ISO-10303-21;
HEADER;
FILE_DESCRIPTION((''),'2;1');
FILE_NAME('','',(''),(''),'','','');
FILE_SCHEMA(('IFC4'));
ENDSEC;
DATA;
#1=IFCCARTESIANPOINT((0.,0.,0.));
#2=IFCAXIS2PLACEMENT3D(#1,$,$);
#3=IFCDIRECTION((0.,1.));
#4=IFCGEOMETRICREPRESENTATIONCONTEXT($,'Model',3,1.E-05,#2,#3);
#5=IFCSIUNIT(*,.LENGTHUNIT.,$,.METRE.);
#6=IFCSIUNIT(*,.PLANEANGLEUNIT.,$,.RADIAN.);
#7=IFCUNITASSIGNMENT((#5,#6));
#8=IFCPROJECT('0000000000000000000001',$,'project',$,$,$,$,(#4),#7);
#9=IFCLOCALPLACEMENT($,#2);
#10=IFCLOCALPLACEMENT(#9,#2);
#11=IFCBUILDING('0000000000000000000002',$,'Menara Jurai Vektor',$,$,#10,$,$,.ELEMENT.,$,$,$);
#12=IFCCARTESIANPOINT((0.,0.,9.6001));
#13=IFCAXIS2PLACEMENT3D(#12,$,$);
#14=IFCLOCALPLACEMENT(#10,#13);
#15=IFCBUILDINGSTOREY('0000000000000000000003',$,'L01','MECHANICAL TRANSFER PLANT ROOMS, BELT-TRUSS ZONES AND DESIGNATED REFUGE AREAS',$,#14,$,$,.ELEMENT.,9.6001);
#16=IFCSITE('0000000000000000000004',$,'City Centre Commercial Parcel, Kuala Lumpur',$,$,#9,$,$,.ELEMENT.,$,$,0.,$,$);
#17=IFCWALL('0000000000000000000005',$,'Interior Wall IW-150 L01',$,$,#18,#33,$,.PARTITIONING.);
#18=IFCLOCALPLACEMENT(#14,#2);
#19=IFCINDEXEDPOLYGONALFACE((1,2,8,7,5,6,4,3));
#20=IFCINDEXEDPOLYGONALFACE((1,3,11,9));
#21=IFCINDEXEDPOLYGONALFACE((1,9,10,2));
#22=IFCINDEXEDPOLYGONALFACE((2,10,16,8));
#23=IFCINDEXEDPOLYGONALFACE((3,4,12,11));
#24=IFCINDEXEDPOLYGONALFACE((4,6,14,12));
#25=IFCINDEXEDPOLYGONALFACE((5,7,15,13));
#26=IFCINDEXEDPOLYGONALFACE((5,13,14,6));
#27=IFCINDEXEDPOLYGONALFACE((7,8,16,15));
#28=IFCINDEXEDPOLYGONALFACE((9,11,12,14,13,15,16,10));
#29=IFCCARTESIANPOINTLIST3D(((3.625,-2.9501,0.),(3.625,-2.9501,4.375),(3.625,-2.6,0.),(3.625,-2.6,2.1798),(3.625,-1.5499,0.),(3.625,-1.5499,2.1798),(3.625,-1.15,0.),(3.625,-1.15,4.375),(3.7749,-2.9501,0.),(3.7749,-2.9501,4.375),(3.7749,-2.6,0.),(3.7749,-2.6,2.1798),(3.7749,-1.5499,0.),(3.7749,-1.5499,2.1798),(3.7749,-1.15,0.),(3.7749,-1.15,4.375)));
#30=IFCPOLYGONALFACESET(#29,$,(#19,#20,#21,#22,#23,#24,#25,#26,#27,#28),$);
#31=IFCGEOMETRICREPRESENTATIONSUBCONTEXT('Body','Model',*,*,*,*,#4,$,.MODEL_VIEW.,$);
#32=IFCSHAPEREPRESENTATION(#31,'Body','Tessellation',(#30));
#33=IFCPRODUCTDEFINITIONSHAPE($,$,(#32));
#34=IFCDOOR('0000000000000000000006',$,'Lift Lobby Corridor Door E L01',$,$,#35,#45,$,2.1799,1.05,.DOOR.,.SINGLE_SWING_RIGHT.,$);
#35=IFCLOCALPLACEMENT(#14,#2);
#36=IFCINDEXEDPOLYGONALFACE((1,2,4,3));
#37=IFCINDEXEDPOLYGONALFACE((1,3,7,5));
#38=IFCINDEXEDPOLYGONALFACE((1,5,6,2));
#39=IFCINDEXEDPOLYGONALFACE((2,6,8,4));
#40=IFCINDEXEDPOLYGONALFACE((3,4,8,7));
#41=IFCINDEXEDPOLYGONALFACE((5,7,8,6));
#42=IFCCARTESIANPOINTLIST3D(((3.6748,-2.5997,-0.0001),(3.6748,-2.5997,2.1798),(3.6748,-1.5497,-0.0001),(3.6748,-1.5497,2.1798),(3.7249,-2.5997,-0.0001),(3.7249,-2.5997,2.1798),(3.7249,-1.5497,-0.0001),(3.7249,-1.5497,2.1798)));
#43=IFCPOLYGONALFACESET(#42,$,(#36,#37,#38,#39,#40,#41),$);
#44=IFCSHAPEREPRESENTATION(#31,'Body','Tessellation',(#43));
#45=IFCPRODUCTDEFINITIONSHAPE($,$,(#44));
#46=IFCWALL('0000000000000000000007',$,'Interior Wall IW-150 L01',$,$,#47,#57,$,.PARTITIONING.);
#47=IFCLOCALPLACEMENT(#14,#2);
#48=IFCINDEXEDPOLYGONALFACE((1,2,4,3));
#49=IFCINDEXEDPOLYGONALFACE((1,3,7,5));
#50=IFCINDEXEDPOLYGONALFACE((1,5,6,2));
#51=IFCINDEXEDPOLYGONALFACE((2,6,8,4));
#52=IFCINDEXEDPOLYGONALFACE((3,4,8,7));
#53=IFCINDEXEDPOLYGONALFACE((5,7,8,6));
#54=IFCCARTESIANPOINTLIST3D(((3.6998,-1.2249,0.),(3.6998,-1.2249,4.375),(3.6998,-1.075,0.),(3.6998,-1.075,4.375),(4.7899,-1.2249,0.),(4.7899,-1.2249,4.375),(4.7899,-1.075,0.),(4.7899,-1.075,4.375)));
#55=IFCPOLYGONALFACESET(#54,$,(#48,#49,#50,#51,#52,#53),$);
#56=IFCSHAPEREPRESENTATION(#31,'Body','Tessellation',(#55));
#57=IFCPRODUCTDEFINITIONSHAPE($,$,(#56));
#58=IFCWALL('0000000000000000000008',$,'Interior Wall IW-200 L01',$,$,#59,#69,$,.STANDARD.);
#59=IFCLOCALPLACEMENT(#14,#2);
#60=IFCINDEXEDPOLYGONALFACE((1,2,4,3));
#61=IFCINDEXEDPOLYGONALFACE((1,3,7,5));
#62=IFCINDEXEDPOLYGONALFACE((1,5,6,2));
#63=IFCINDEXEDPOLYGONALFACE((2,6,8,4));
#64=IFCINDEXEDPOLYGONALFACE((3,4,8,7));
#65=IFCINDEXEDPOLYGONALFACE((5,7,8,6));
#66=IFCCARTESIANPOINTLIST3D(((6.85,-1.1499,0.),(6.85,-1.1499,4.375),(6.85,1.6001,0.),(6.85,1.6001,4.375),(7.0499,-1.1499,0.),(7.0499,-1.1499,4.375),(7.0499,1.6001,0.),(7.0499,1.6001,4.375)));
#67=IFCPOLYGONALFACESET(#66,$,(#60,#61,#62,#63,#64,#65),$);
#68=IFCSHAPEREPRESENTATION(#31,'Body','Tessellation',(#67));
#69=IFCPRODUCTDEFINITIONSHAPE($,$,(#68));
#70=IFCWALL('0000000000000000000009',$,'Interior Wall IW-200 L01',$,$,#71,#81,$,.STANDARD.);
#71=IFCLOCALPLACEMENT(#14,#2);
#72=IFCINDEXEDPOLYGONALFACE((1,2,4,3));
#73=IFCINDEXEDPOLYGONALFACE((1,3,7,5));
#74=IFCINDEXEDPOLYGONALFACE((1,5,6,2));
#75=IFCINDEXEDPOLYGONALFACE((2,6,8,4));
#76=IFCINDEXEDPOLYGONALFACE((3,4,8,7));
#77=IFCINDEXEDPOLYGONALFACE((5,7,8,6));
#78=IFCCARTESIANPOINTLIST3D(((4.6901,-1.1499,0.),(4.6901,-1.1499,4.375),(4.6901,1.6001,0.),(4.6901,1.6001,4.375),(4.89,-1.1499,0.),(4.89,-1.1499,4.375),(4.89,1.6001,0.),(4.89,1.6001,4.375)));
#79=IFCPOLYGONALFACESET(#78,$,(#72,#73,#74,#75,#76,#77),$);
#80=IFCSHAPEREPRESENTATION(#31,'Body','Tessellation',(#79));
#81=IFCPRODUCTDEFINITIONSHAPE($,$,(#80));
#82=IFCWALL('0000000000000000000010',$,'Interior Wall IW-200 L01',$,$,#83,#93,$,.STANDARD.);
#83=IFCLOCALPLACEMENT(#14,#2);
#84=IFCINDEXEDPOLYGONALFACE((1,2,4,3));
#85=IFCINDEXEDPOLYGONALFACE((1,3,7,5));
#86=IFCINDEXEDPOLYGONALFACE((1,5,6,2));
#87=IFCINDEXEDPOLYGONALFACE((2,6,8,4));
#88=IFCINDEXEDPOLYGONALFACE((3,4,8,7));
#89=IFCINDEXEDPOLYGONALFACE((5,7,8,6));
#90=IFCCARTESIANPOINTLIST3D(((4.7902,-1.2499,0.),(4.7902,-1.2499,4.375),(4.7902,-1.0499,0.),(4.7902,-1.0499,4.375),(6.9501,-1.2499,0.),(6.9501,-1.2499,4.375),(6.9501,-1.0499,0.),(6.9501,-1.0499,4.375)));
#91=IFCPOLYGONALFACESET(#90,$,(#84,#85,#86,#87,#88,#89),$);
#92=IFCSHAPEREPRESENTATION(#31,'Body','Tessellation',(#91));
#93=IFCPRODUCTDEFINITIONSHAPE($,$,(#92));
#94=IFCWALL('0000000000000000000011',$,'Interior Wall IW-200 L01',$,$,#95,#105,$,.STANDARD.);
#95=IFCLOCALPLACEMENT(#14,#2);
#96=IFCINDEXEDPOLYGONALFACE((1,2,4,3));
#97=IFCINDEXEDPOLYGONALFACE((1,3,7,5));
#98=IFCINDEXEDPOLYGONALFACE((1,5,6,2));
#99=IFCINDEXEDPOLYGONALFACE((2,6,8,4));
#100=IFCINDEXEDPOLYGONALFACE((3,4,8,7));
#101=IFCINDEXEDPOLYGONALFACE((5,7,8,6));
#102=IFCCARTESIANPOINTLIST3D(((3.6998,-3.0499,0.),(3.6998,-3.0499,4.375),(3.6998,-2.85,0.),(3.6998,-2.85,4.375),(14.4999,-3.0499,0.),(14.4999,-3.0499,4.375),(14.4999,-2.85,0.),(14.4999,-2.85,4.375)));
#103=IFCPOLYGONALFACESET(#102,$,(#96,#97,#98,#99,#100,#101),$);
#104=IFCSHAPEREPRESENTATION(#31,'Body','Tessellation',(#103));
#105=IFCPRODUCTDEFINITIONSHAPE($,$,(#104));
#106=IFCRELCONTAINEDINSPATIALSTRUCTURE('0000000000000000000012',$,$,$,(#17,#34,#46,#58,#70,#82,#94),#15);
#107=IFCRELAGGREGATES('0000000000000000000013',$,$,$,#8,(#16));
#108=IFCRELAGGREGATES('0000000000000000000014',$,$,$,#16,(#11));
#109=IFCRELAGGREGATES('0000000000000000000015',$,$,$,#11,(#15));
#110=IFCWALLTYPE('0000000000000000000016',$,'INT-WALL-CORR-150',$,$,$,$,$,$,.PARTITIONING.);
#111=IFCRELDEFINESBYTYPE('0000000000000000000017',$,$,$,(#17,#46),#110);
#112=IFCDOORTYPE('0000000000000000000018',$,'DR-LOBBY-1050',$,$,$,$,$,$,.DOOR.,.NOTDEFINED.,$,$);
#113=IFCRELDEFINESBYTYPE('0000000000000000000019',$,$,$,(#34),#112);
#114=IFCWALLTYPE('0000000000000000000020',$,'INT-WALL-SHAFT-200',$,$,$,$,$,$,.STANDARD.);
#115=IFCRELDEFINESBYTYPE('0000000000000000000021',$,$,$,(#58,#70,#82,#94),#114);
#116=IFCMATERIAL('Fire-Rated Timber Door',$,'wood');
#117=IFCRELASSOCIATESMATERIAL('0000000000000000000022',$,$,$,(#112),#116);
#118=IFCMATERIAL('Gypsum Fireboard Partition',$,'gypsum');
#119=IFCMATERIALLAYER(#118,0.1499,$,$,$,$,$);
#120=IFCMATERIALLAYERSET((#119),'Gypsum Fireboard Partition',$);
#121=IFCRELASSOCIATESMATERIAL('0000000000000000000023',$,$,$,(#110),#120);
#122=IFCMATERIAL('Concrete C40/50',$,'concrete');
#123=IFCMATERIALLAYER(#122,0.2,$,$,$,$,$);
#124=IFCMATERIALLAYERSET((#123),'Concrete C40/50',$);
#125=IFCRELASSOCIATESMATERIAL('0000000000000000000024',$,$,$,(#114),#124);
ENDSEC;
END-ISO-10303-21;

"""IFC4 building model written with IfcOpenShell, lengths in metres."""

from ifc_helpers import new_model, si_unit, direction, frame, frame_2d, origin, place, context, subcontext, project, spatial, rectangle, extrude, material, layer, layer_set, type_object, element, fill, save


model = new_model("IFC4")

# Units and contexts
model_context = context("Model", 3, precision=1e-05, world=origin(), true_north=direction((0.0, 1.0)))
body_context = subcontext(model_context, "Body", "Model", "MODEL_VIEW")
ifc_project = project(units=[si_unit("LENGTHUNIT", "METRE"), si_unit("PLANEANGLEUNIT", "RADIAN")], contexts=[model_context])

# Site, building, storey
site_placement = place(None, origin())
site = spatial("IfcSite", under=ifc_project, at=site_placement, Name="City Centre Commercial Parcel, Kuala Lumpur", CompositionType="ELEMENT", RefElevation=0.0)
building_placement = place(site_placement, origin())
building = spatial("IfcBuilding", under=site, at=building_placement, Name="Menara Jurai Vektor", CompositionType="ELEMENT")
storey_placement = place(building_placement, frame((0.0, 0.0, 9.6001)))
storey = spatial("IfcBuildingStorey", under=building, at=storey_placement, Name="L01", Description="MECHANICAL TRANSFER PLANT ROOMS, BELT-TRUSS ZONES AND DESIGNATED REFUGE AREAS", CompositionType="ELEMENT", Elevation=9.6001)

# Shared definitions
ifc_material_1 = material(Name="Concrete C40/50", Category="concrete")

# Shared definitions
ifc_material_2 = material(Name="Fire-Rated Timber Door", Category="wood")
door_type_1 = type_object("IfcDoorType", Name="DR-LOBBY-1050", OperationType="NOTDEFINED", PredefinedType="DOOR", material=ifc_material_2)

# Wall, opening, door
ifc_material_3 = material(Name="Gypsum Fireboard Partition", Category="gypsum")
ifc_layer_1 = layer(ifc_material_3, 0.1499)
ifc_layer_set_1 = layer_set([ifc_layer_1], Name="Gypsum Fireboard Partition")
wall_type_1 = type_object("IfcWallType", Name="INT-WALL-CORR-150", PredefinedType="PARTITIONING", material=ifc_layer_set_1)
wall_1_placement = place(storey_placement, frame((3.7, -2.95, 0.0), z_axis=(0.0, 0.0, 1.0), x_axis=(0.0, 1.0, 0.0)))
wall_1 = element("IfcWall", 1, at=wall_1_placement, inside=storey, type_object=wall_type_1, Name="Interior Wall IW-150 L01", PredefinedType="PARTITIONING", context=body_context, shape_type="SweptSolid", body=[
    extrude(rectangle(XDim=1.8, YDim=0.1499, at=frame_2d((0.8999, 0.0))), origin(), (0.0, 0.0, 1.0), 4.375),
])
opening_1_placement = place(wall_1_placement, frame((0.3501, 0.0, 0.0)))
opening_1 = element("IfcOpeningElement", 2, at=opening_1_placement, cuts=wall_1, PredefinedType="OPENING", context=body_context, shape_type="SweptSolid", body=[
    extrude(rectangle(XDim=1.05, YDim=2.1799, at=frame_2d((0.5249, 1.0898))), frame((0.0, 0.085, 0.0), z_axis=(0.0, -1.0, 0.0), x_axis=(1.0, 0.0, 0.0)), (0.0, 0.0, 1.0), 0.1699),
])
door_1_placement = place(opening_1_placement, frame((1.05, 0.0, 0.0), z_axis=(0.0, 0.0, 1.0), x_axis=(-1.0, 0.0, 0.0)))
door_1 = element("IfcDoor", 3, at=door_1_placement, inside=storey, type_object=door_type_1, Name="Lift Lobby Corridor Door E L01", OperationType="SINGLE_SWING_RIGHT", OverallHeight=2.1799, OverallWidth=1.05, PredefinedType="DOOR", context=body_context, shape_type="SweptSolid", body=[
    extrude(rectangle(XDim=1.05, YDim=2.1799, at=frame_2d((0.5249, 1.0898))), frame((0.0, 0.0249, 0.0), z_axis=(0.0, -1.0, 0.0), x_axis=(1.0, 0.0, 0.0)), (0.0, 0.0, 1.0), 0.05),
])
fill(opening_1, door_1)

# Wall
wall_2_placement = place(storey_placement, frame((3.7, -1.1499, 0.0), z_axis=(0.0, 0.0, 1.0), x_axis=(1.0, 0.0, 0.0)))
element("IfcWall", 4, at=wall_2_placement, inside=storey, type_object=wall_type_1, Name="Interior Wall IW-150 L01", PredefinedType="PARTITIONING", context=body_context, shape_type="SweptSolid", body=[
    extrude(rectangle(XDim=1.0901, YDim=0.1499, at=frame_2d((0.5449, 0.0))), origin(), (0.0, 0.0, 1.0), 4.375),
])

# Shared definitions
ifc_layer_2 = layer(ifc_material_1, 0.2)
ifc_layer_set_2 = layer_set([ifc_layer_2], Name="Concrete C40/50")
wall_type_2 = type_object("IfcWallType", Name="INT-WALL-SHAFT-200", PredefinedType="STANDARD", material=ifc_layer_set_2)

# Wall
wall_3_placement = place(storey_placement, frame((6.95, -1.1499, 0.0), z_axis=(0.0, 0.0, 1.0), x_axis=(0.0, 1.0, 0.0)))
element("IfcWall", 5, at=wall_3_placement, inside=storey, type_object=wall_type_2, Name="Interior Wall IW-200 L01", PredefinedType="STANDARD", context=body_context, shape_type="SweptSolid", body=[
    extrude(rectangle(XDim=2.75, YDim=0.2, at=frame_2d((1.375, 0.0))), origin(), (0.0, 0.0, 1.0), 4.375),
])

# Walls
wall_4_placement = place(storey_placement, frame((4.79, -1.1499, 0.0), z_axis=(0.0, 0.0, 1.0), x_axis=(0.0, 1.0, 0.0)))
element("IfcWall", 6, at=wall_4_placement, inside=storey, type_object=wall_type_2, Name="Interior Wall IW-200 L01", PredefinedType="STANDARD", context=body_context, shape_type="SweptSolid", body=[
    extrude(rectangle(XDim=2.75, YDim=0.2, at=frame_2d((1.375, 0.0))), origin(), (0.0, 0.0, 1.0), 4.375),
])
wall_5_placement = place(storey_placement, frame((4.79, -1.1499, 0.0), z_axis=(0.0, 0.0, 1.0), x_axis=(1.0, 0.0, 0.0)))
element("IfcWall", 7, at=wall_5_placement, inside=storey, type_object=wall_type_2, Name="Interior Wall IW-200 L01", PredefinedType="STANDARD", context=body_context, shape_type="SweptSolid", body=[
    extrude(rectangle(XDim=2.1599, YDim=0.2, at=frame_2d((1.0801, 0.0))), origin(), (0.0, 0.0, 1.0), 4.375),
])
wall_6_placement = place(storey_placement, frame((3.7, -2.95, 0.0), z_axis=(0.0, 0.0, 1.0), x_axis=(1.0, 0.0, 0.0)))
element("IfcWall", 8, at=wall_6_placement, inside=storey, type_object=wall_type_2, Name="Interior Wall IW-200 L01", PredefinedType="STANDARD", context=body_context, shape_type="SweptSolid", body=[
    extrude(rectangle(XDim=10.8, YDim=0.2, at=frame_2d((5.3999, 0.0))), origin(), (0.0, 0.0, 1.0), 4.375),
])

save(model, "model.ifc")
